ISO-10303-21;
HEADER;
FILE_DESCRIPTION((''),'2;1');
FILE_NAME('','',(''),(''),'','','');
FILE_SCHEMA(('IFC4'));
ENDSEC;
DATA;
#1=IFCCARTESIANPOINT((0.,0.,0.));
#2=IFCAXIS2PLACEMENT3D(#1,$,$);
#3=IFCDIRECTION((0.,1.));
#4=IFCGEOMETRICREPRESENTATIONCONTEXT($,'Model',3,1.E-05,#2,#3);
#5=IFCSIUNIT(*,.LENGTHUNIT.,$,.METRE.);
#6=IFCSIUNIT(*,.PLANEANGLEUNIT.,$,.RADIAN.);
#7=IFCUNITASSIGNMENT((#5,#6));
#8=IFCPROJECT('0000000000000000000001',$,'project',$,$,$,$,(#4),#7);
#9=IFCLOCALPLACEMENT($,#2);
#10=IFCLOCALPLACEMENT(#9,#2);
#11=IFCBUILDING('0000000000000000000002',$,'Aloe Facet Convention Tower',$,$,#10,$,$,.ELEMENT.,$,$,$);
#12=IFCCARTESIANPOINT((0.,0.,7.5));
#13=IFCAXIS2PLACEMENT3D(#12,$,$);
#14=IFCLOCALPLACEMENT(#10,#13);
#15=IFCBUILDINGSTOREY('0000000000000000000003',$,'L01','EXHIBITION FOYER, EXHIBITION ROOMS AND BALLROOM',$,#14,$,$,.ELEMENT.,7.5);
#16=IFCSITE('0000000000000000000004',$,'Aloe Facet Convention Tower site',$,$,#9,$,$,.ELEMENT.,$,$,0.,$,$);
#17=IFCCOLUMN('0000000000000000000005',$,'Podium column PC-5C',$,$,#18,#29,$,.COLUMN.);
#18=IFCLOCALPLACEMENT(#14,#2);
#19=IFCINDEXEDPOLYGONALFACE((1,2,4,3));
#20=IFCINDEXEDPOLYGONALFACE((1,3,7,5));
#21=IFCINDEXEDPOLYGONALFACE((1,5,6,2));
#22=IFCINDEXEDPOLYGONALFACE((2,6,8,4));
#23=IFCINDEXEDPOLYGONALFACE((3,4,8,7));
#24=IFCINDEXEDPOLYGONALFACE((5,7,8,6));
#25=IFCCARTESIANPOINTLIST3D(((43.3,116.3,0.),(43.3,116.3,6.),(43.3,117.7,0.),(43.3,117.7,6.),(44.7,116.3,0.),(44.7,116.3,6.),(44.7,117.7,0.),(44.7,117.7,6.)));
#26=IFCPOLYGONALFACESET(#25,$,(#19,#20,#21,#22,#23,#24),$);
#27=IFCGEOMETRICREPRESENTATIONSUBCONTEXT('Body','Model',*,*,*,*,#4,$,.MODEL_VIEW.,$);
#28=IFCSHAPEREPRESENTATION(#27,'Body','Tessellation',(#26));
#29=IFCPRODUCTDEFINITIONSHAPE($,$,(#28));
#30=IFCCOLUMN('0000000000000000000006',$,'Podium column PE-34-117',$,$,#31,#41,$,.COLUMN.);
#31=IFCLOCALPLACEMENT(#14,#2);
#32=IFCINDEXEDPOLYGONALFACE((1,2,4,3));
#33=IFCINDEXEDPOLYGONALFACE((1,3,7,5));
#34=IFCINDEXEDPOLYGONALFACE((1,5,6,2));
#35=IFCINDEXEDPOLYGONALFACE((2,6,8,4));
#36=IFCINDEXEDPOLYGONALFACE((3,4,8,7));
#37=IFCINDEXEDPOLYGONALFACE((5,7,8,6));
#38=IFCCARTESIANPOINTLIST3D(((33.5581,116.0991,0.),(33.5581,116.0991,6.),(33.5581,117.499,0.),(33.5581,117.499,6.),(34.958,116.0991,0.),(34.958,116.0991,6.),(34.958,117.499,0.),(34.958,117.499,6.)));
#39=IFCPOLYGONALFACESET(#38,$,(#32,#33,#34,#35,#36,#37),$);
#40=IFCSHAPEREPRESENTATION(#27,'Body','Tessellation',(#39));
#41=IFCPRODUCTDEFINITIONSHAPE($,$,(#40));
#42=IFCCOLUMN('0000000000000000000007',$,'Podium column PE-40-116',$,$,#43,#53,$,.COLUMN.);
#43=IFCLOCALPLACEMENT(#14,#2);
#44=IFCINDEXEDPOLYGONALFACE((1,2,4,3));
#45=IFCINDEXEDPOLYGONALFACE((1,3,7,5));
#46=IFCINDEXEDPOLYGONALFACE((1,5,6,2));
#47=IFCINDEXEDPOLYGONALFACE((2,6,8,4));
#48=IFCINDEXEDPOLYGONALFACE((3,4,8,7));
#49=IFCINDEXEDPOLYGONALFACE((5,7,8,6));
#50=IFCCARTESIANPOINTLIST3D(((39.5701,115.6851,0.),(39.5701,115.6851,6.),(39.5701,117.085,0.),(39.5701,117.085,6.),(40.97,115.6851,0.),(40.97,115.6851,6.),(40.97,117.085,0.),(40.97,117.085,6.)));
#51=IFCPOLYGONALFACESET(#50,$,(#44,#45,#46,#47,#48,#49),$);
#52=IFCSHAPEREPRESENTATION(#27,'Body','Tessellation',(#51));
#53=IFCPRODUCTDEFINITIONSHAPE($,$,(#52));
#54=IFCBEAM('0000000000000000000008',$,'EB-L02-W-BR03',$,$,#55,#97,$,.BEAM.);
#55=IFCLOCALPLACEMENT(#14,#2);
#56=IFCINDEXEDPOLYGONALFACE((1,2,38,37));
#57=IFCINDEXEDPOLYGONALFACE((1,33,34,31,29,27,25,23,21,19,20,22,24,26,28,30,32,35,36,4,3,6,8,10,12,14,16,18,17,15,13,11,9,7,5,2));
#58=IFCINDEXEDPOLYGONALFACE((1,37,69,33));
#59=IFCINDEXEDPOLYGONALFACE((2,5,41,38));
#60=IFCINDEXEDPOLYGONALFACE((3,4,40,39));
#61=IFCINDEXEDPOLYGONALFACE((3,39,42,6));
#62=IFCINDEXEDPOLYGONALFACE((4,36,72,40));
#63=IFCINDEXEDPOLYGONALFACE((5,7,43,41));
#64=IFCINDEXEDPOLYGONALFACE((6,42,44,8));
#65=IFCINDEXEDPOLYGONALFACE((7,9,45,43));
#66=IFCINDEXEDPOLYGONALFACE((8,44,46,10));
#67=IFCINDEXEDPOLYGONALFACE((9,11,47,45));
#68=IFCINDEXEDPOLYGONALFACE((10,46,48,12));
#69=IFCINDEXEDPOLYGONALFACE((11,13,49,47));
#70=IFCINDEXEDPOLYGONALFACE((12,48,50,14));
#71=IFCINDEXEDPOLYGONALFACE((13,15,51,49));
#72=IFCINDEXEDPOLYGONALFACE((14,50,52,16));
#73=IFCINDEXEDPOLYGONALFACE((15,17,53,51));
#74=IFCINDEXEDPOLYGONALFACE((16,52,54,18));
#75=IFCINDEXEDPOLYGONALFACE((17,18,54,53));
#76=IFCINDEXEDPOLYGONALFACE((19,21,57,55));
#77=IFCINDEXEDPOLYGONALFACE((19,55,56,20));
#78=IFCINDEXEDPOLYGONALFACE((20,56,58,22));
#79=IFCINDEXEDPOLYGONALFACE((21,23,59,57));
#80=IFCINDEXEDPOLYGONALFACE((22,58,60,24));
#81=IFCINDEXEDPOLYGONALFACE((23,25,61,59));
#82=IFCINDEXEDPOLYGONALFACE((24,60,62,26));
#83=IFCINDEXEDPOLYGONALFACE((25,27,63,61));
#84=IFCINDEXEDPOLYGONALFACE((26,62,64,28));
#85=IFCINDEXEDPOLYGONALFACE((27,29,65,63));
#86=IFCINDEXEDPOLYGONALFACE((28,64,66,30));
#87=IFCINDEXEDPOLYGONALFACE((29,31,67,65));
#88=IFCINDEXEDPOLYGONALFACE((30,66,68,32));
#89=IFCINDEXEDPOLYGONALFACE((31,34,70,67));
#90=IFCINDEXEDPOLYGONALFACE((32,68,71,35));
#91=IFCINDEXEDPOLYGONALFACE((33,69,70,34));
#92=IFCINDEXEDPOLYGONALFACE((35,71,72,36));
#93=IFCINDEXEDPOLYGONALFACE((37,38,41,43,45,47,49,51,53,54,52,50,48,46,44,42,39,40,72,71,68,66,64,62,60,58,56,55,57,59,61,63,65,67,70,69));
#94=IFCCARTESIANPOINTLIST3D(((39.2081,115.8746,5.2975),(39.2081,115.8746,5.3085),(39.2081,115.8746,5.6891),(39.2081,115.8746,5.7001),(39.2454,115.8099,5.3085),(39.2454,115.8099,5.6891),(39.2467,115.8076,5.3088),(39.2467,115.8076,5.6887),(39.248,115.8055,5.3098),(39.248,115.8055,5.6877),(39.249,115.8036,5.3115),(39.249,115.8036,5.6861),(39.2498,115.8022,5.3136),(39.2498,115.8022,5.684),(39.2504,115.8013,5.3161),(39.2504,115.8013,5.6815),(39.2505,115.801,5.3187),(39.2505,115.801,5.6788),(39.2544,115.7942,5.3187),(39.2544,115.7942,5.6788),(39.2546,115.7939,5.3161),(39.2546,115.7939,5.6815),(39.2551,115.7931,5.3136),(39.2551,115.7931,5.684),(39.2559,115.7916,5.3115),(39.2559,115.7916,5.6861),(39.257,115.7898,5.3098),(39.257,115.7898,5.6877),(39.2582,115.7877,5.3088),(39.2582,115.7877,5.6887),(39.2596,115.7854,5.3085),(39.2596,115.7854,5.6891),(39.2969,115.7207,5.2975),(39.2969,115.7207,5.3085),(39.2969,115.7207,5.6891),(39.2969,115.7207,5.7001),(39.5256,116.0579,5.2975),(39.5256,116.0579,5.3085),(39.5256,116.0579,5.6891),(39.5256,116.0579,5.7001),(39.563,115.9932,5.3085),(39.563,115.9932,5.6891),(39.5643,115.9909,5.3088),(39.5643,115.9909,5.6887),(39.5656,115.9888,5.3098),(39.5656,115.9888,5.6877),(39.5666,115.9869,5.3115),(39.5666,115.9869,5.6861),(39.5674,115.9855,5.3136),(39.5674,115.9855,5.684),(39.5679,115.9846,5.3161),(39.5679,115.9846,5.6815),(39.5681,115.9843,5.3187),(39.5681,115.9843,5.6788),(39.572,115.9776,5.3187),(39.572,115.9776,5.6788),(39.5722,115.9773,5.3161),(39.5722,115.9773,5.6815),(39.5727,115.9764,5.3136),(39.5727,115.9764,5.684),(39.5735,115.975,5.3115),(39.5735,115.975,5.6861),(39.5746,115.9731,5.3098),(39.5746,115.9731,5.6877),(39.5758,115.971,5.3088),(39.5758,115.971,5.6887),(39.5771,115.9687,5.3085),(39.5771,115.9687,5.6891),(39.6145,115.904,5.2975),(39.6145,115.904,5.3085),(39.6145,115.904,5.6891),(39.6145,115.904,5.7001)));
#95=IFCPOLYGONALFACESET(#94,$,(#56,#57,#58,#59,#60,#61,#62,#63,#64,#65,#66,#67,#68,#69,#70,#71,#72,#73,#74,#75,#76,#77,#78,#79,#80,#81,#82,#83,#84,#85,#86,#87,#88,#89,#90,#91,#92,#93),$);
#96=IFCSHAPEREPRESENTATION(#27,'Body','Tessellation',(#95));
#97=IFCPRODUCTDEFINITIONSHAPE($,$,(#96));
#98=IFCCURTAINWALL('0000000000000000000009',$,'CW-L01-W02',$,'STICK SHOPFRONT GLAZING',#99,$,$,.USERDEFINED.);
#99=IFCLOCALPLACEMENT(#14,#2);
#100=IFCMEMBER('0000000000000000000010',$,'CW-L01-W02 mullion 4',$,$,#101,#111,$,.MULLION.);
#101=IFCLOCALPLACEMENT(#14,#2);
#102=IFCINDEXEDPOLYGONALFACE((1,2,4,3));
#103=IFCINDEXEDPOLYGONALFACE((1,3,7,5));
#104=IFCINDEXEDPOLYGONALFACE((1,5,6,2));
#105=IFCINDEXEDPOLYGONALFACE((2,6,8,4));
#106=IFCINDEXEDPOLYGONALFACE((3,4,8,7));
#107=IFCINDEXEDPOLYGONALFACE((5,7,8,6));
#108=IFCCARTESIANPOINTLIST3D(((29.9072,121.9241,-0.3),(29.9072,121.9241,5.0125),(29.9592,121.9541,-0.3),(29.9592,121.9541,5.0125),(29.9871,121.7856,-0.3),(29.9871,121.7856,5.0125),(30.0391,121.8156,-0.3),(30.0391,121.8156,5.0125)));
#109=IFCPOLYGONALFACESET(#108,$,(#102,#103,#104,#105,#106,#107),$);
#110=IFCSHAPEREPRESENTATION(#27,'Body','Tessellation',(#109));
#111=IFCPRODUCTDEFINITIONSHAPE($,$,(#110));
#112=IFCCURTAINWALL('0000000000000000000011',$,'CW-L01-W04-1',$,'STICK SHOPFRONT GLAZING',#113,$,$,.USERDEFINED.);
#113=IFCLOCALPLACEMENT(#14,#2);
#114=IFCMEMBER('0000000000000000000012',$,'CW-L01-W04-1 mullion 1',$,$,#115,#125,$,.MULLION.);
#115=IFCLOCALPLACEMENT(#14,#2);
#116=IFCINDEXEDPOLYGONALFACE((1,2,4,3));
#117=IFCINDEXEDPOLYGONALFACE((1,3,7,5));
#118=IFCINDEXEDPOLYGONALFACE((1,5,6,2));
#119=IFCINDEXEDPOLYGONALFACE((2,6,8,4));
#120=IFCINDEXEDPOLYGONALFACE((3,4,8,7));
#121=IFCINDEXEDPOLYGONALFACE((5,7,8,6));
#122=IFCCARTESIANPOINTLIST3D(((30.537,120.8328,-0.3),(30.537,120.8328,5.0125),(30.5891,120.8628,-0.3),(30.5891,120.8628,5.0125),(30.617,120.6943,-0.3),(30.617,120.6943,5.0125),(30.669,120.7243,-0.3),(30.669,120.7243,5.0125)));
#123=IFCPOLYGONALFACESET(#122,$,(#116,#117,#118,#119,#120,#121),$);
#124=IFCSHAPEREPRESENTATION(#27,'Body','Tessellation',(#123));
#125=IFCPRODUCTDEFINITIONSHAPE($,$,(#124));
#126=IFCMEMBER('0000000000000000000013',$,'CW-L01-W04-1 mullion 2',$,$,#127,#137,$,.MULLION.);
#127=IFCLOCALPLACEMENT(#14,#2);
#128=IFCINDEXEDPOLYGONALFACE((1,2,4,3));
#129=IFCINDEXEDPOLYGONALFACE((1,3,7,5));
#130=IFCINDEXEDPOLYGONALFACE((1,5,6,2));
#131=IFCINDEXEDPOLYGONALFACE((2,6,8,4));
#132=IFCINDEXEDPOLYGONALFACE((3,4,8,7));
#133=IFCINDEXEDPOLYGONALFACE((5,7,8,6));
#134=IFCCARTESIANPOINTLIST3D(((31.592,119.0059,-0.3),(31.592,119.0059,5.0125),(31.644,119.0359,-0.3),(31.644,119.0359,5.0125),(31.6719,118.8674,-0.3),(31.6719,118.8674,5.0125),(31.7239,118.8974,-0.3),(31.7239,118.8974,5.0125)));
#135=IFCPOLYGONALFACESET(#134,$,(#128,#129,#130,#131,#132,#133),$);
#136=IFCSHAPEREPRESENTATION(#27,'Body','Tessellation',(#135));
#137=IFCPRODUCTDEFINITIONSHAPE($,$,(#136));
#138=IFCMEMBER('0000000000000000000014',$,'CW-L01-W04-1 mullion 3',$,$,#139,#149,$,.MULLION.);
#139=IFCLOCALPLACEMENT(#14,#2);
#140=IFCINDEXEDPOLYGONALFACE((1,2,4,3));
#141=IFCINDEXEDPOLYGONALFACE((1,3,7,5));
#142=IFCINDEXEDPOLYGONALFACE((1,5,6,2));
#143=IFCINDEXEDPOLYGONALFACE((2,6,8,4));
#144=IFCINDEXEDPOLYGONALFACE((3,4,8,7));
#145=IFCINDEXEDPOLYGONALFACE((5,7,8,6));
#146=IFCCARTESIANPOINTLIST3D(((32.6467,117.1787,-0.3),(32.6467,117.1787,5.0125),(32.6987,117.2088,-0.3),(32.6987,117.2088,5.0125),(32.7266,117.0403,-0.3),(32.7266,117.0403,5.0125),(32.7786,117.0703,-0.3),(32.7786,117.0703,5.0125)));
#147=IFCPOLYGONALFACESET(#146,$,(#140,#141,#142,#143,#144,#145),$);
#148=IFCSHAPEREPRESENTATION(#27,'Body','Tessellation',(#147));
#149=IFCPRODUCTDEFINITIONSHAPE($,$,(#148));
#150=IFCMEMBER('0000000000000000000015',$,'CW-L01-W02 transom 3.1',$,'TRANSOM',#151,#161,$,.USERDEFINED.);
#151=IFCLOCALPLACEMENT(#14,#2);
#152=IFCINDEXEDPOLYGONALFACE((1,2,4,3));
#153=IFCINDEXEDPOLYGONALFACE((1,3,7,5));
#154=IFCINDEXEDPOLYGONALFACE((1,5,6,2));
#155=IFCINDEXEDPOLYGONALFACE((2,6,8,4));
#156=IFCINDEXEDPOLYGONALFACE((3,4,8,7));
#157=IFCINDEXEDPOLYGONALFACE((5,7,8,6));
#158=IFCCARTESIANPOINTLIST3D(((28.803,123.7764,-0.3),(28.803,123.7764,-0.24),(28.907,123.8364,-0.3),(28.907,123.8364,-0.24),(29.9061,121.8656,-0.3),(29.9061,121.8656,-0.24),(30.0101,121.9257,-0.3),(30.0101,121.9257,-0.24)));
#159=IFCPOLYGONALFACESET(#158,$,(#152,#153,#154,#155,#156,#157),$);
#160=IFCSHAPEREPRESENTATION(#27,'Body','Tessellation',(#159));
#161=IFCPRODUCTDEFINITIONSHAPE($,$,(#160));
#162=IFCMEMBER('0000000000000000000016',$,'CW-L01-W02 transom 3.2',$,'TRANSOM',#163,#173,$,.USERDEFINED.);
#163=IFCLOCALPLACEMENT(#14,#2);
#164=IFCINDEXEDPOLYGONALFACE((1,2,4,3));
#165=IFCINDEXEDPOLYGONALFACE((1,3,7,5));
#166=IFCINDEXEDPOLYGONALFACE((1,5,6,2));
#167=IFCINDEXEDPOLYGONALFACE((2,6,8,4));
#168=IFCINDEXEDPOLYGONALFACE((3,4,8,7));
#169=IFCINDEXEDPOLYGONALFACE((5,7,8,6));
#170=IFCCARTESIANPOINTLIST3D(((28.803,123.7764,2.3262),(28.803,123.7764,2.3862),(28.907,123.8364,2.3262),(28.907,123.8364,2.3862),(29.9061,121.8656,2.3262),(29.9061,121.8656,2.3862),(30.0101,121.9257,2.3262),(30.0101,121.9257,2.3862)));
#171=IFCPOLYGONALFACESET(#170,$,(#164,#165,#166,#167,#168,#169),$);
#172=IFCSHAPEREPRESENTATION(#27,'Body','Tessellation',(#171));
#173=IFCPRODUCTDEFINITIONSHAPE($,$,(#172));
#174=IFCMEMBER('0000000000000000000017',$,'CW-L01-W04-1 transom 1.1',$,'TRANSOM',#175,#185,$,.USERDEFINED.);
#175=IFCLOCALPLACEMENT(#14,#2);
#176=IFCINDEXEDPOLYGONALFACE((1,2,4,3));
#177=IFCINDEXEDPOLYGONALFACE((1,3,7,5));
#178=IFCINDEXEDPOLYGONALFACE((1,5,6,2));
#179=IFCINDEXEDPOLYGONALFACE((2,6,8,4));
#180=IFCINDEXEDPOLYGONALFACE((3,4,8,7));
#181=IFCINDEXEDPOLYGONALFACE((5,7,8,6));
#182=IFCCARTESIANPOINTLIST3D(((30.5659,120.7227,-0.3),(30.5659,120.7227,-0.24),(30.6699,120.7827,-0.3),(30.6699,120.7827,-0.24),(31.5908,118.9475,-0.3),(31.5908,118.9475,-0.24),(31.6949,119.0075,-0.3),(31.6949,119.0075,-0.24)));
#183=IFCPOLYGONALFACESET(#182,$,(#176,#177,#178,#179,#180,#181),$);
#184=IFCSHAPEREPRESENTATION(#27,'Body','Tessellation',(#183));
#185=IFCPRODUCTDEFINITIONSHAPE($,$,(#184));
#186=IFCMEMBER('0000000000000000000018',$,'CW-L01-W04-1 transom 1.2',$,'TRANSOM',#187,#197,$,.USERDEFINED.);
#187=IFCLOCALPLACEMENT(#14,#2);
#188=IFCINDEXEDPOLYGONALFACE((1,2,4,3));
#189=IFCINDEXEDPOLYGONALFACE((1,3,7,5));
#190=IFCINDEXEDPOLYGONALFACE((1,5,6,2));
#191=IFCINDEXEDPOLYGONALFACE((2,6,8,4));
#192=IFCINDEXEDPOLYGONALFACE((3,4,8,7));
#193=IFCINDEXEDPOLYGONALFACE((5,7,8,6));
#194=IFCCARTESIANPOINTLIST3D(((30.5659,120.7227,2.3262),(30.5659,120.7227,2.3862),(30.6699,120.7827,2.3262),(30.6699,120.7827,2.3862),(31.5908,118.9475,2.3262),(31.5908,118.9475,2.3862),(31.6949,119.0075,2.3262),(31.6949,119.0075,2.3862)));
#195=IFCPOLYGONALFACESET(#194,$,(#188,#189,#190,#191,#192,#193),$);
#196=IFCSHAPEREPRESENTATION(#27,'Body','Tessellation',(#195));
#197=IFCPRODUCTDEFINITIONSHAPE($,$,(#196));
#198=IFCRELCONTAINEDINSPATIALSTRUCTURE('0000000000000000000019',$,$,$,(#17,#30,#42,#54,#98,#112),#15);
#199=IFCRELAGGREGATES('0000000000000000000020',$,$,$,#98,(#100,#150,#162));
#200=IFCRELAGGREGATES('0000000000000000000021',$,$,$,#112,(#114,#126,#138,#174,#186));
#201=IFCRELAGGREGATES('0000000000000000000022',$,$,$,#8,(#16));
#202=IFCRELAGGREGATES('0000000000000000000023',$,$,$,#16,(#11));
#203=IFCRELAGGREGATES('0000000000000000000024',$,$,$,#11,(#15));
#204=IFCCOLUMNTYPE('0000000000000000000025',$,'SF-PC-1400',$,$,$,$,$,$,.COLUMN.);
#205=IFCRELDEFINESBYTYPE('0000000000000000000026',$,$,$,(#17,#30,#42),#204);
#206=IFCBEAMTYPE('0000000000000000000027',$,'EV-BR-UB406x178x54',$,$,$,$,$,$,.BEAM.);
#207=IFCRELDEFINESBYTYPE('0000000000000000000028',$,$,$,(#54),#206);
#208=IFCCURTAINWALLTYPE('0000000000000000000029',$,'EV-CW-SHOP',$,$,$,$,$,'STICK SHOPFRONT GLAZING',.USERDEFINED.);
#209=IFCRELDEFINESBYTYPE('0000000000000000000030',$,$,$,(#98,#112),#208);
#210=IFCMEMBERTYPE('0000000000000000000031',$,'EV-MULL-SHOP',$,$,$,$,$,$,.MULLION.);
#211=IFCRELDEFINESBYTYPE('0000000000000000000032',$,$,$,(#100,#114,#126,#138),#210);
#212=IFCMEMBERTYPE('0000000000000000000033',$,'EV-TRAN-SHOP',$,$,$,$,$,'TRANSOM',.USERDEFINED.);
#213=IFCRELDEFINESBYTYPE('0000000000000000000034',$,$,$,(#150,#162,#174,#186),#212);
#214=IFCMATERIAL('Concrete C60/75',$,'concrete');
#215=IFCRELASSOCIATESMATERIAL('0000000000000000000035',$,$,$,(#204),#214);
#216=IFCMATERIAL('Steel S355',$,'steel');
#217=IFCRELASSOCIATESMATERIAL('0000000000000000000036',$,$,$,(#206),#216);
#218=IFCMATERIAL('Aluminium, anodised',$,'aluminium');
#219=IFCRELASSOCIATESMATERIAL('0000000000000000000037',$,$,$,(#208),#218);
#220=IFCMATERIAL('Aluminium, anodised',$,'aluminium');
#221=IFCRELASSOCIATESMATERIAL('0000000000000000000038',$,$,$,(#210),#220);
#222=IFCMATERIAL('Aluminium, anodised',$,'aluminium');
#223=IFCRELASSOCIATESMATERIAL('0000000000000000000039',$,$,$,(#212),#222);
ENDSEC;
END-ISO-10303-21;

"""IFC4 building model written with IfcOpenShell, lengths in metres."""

from ifc_helpers import new_model, si_unit, direction, frame, origin, origin_2d, place, context, subcontext, project, spatial, rectangle, i_section, extrude, material, material_profile, profile_set, type_object, element, aggregate, save


model = new_model("IFC4")

# Units and contexts
model_context = context("Model", 3, precision=1e-05, world=origin(), true_north=direction((0.0, 1.0)))
body_context = subcontext(model_context, "Body", "Model", "MODEL_VIEW")
ifc_project = project(units=[si_unit("LENGTHUNIT", "METRE"), si_unit("PLANEANGLEUNIT", "RADIAN")], contexts=[model_context])

# Site, building, storey
site_placement = place(None, origin())
site = spatial("IfcSite", under=ifc_project, at=site_placement, Name="Aloe Facet Convention Tower site", CompositionType="ELEMENT", RefElevation=0.0)
building_placement = place(site_placement, origin())
building = spatial("IfcBuilding", under=site, at=building_placement, Name="Aloe Facet Convention Tower", CompositionType="ELEMENT")
storey_placement = place(building_placement, frame((0.0, 0.0, 7.5)))
storey = spatial("IfcBuildingStorey", under=building, at=storey_placement, Name="L01", Description="EXHIBITION FOYER, EXHIBITION ROOMS AND BALLROOM", CompositionType="ELEMENT", Elevation=7.5)

# Columns
ifc_material_1 = material(Name="Concrete C60/75", Category="concrete")
ifc_material_profile_1 = material_profile(ifc_material_1, rectangle(XDim=1.3999, YDim=1.3999, at=origin_2d()), Name="SF-PC-1400")
ifc_profile_set_1 = profile_set([ifc_material_profile_1], Name="Concrete C60/75")
column_type = type_object("IfcColumnType", Name="SF-PC-1400", PredefinedType="COLUMN", material=ifc_profile_set_1)
for number, where, z_axis, x_axis, name in (
    (1, (44.0, 117.0, 0.0), (0.0, 0.0, 1.0), (1.0, 0.0, 0.0), "Podium column PC-5C"),
    (2, (34.2581, 116.7991, 0.0), (0.0, 0.0, 1.0), (1.0, 0.0, 0.0), "Podium column PE-34-117"),
    (3, (40.27, 116.385, 0.0), (0.0, 0.0, 1.0), (1.0, 0.0, 0.0), "Podium column PE-40-116"),
):
    element("IfcColumn", number, at=place(storey_placement, frame(where, z_axis=z_axis, x_axis=x_axis)), inside=storey, type_object=column_type, Name=name, PredefinedType="COLUMN", context=body_context, shape_type="SweptSolid", body=[
        extrude(rectangle(XDim=1.3999, YDim=1.3999, at=origin_2d()), origin(), (0.0, 0.0, 1.0), 6.0),
    ])

# Beam
ifc_material_2 = material(Name="Steel S355", Category="steel")
ifc_material_profile_2 = material_profile(ifc_material_2, i_section(OverallWidth=0.1777, OverallDepth=0.4026, WebThickness=0.0078, FlangeThickness=0.011, FilletRadius=0.0103, at=origin_2d()), Name="UB 406x178x54")
ifc_profile_set_2 = profile_set([ifc_material_profile_2], Name="Steel S355")
beam_type_1 = type_object("IfcBeamType", Name="EV-BR-UB406x178x54", PredefinedType="BEAM", material=ifc_profile_set_2)
beam_1_placement = place(storey_placement, frame((39.5701, 115.981, 5.4988), z_axis=(-0.866064, -0.499934, 0.0), x_axis=(0.499934, -0.866064, 0.0)))
element("IfcBeam", 4, at=beam_1_placement, inside=storey, type_object=beam_type_1, Name="EB-L02-W-BR03", PredefinedType="BEAM", context=body_context, shape_type="SweptSolid", body=[
    extrude(i_section(OverallWidth=0.1777, OverallDepth=0.4026, WebThickness=0.0078, FlangeThickness=0.011, FilletRadius=0.0103, at=origin_2d()), origin(), (0.0, 0.0, 1.0), 0.3667),
])

# Curtain wall, member
ifc_material_3 = material(Name="Aluminium, anodised", Category="aluminium")
curtain_wall_type = type_object("IfcCurtainWallType", Name="EV-CW-SHOP", ElementType="STICK SHOPFRONT GLAZING", PredefinedType="USERDEFINED", material=ifc_material_3)
curtain_wall_1_placement = place(storey_placement, origin())
curtain_wall_1 = element("IfcCurtainWall", 5, at=curtain_wall_1_placement, inside=storey, type_object=curtain_wall_type, Name="CW-L01-W02", ObjectType="STICK SHOPFRONT GLAZING", PredefinedType="USERDEFINED")
ifc_material_4 = material(Name="Aluminium, anodised", Category="aluminium")
ifc_material_profile_3 = material_profile(ifc_material_4, rectangle(XDim=0.0601, YDim=0.1599, at=origin_2d()), Name="AL 60x160")
ifc_profile_set_3 = profile_set([ifc_material_profile_3], Name="Aluminium, anodised")
member_type_1 = type_object("IfcMemberType", Name="EV-MULL-SHOP", PredefinedType="MULLION", material=ifc_profile_set_3)
member_1_placement = place(storey_placement, frame((29.9731, 121.8699, -0.3), z_axis=(0.0, 0.0, 1.0), x_axis=(0.866025, 0.5, 0.0)))
member_1 = element("IfcMember", 6, at=member_1_placement, type_object=member_type_1, Name="CW-L01-W02 mullion 4", PredefinedType="MULLION", context=body_context, shape_type="SweptSolid", body=[
    extrude(rectangle(XDim=0.0601, YDim=0.1599, at=origin_2d()), origin(), (0.0, 0.0, 1.0), 5.3125),
])

# Curtain wall, members
curtain_wall_2_placement = place(storey_placement, origin())
curtain_wall_2 = element("IfcCurtainWall", 7, at=curtain_wall_2_placement, inside=storey, type_object=curtain_wall_type, Name="CW-L01-W04-1", ObjectType="STICK SHOPFRONT GLAZING", PredefinedType="USERDEFINED")
member_2_placement = place(storey_placement, frame((30.603, 120.7786, -0.3), z_axis=(0.0, 0.0, 1.0), x_axis=(0.866025, 0.5, 0.0)))
member_2 = element("IfcMember", 8, at=member_2_placement, type_object=member_type_1, Name="CW-L01-W04-1 mullion 1", PredefinedType="MULLION", context=body_context, shape_type="SweptSolid", body=[
    extrude(rectangle(XDim=0.0601, YDim=0.1599, at=origin_2d()), origin(), (0.0, 0.0, 1.0), 5.3125),
])
member_3_placement = place(storey_placement, frame((31.658, 118.9517, -0.3), z_axis=(0.0, 0.0, 1.0), x_axis=(0.866025, 0.5, 0.0)))
member_3 = element("IfcMember", 9, at=member_3_placement, type_object=member_type_1, Name="CW-L01-W04-1 mullion 2", PredefinedType="MULLION", context=body_context, shape_type="SweptSolid", body=[
    extrude(rectangle(XDim=0.0601, YDim=0.1599, at=origin_2d()), origin(), (0.0, 0.0, 1.0), 5.3125),
])
member_4_placement = place(storey_placement, frame((32.7126, 117.1245, -0.3), z_axis=(0.0, 0.0, 1.0), x_axis=(0.866025, 0.5, 0.0)))
member_4 = element("IfcMember", 10, at=member_4_placement, type_object=member_type_1, Name="CW-L01-W04-1 mullion 3", PredefinedType="MULLION", context=body_context, shape_type="SweptSolid", body=[
    extrude(rectangle(XDim=0.0601, YDim=0.1599, at=origin_2d()), origin(), (0.0, 0.0, 1.0), 5.3125),
])

# Members
ifc_material_5 = material(Name="Aluminium, anodised", Category="aluminium")
ifc_material_profile_4 = material_profile(ifc_material_5, rectangle(XDim=0.1201, YDim=0.0601, at=origin_2d()), Name="AL 120x60")
ifc_profile_set_4 = profile_set([ifc_material_profile_4], Name="Aluminium, anodised")
member_type_2 = type_object("IfcMemberType", Name="EV-TRAN-SHOP", ElementType="TRANSOM", PredefinedType="USERDEFINED", material=ifc_profile_set_4)
member_5_placement = place(storey_placement, frame((28.855, 123.8064, -0.27), z_axis=(0.499972, -0.866042, 0.0), x_axis=(0.866042, 0.499972, 0.0)))
member_5 = element("IfcMember", 11, at=member_5_placement, type_object=member_type_2, Name="CW-L01-W02 transom 3.1", ObjectType="TRANSOM", PredefinedType="USERDEFINED", context=body_context, shape_type="SweptSolid", body=[
    extrude(rectangle(XDim=0.1201, YDim=0.0601, at=origin_2d()), origin(), (0.0, 0.0, 1.0), 2.2063),
])
member_6_placement = place(storey_placement, frame((28.855, 123.8064, 2.3562), z_axis=(0.499972, -0.866042, 0.0), x_axis=(0.866042, 0.499972, 0.0)))
member_6 = element("IfcMember", 12, at=member_6_placement, type_object=member_type_2, Name="CW-L01-W02 transom 3.2", ObjectType="TRANSOM", PredefinedType="USERDEFINED", context=body_context, shape_type="SweptSolid", body=[
    extrude(rectangle(XDim=0.1201, YDim=0.0601, at=origin_2d()), origin(), (0.0, 0.0, 1.0), 2.2063),
])
member_7_placement = place(storey_placement, frame((30.6179, 120.7527, -0.27), z_axis=(0.500008, -0.866021, 0.0), x_axis=(0.866021, 0.500008, 0.0)))
member_7 = element("IfcMember", 13, at=member_7_placement, type_object=member_type_2, Name="CW-L01-W04-1 transom 1.1", ObjectType="TRANSOM", PredefinedType="USERDEFINED", context=body_context, shape_type="SweptSolid", body=[
    extrude(rectangle(XDim=0.1201, YDim=0.0601, at=origin_2d()), origin(), (0.0, 0.0, 1.0), 2.0498),
])
member_8_placement = place(storey_placement, frame((30.6179, 120.7527, 2.3562), z_axis=(0.500008, -0.866021, 0.0), x_axis=(0.866021, 0.500008, 0.0)))
member_8 = element("IfcMember", 14, at=member_8_placement, type_object=member_type_2, Name="CW-L01-W04-1 transom 1.2", ObjectType="TRANSOM", PredefinedType="USERDEFINED", context=body_context, shape_type="SweptSolid", body=[
    extrude(rectangle(XDim=0.1201, YDim=0.0601, at=origin_2d()), origin(), (0.0, 0.0, 1.0), 2.0498),
])

aggregate(curtain_wall_1, [member_1, member_5, member_6])
aggregate(curtain_wall_2, [member_2, member_3, member_4, member_7, member_8])

save(model, "model.ifc")
